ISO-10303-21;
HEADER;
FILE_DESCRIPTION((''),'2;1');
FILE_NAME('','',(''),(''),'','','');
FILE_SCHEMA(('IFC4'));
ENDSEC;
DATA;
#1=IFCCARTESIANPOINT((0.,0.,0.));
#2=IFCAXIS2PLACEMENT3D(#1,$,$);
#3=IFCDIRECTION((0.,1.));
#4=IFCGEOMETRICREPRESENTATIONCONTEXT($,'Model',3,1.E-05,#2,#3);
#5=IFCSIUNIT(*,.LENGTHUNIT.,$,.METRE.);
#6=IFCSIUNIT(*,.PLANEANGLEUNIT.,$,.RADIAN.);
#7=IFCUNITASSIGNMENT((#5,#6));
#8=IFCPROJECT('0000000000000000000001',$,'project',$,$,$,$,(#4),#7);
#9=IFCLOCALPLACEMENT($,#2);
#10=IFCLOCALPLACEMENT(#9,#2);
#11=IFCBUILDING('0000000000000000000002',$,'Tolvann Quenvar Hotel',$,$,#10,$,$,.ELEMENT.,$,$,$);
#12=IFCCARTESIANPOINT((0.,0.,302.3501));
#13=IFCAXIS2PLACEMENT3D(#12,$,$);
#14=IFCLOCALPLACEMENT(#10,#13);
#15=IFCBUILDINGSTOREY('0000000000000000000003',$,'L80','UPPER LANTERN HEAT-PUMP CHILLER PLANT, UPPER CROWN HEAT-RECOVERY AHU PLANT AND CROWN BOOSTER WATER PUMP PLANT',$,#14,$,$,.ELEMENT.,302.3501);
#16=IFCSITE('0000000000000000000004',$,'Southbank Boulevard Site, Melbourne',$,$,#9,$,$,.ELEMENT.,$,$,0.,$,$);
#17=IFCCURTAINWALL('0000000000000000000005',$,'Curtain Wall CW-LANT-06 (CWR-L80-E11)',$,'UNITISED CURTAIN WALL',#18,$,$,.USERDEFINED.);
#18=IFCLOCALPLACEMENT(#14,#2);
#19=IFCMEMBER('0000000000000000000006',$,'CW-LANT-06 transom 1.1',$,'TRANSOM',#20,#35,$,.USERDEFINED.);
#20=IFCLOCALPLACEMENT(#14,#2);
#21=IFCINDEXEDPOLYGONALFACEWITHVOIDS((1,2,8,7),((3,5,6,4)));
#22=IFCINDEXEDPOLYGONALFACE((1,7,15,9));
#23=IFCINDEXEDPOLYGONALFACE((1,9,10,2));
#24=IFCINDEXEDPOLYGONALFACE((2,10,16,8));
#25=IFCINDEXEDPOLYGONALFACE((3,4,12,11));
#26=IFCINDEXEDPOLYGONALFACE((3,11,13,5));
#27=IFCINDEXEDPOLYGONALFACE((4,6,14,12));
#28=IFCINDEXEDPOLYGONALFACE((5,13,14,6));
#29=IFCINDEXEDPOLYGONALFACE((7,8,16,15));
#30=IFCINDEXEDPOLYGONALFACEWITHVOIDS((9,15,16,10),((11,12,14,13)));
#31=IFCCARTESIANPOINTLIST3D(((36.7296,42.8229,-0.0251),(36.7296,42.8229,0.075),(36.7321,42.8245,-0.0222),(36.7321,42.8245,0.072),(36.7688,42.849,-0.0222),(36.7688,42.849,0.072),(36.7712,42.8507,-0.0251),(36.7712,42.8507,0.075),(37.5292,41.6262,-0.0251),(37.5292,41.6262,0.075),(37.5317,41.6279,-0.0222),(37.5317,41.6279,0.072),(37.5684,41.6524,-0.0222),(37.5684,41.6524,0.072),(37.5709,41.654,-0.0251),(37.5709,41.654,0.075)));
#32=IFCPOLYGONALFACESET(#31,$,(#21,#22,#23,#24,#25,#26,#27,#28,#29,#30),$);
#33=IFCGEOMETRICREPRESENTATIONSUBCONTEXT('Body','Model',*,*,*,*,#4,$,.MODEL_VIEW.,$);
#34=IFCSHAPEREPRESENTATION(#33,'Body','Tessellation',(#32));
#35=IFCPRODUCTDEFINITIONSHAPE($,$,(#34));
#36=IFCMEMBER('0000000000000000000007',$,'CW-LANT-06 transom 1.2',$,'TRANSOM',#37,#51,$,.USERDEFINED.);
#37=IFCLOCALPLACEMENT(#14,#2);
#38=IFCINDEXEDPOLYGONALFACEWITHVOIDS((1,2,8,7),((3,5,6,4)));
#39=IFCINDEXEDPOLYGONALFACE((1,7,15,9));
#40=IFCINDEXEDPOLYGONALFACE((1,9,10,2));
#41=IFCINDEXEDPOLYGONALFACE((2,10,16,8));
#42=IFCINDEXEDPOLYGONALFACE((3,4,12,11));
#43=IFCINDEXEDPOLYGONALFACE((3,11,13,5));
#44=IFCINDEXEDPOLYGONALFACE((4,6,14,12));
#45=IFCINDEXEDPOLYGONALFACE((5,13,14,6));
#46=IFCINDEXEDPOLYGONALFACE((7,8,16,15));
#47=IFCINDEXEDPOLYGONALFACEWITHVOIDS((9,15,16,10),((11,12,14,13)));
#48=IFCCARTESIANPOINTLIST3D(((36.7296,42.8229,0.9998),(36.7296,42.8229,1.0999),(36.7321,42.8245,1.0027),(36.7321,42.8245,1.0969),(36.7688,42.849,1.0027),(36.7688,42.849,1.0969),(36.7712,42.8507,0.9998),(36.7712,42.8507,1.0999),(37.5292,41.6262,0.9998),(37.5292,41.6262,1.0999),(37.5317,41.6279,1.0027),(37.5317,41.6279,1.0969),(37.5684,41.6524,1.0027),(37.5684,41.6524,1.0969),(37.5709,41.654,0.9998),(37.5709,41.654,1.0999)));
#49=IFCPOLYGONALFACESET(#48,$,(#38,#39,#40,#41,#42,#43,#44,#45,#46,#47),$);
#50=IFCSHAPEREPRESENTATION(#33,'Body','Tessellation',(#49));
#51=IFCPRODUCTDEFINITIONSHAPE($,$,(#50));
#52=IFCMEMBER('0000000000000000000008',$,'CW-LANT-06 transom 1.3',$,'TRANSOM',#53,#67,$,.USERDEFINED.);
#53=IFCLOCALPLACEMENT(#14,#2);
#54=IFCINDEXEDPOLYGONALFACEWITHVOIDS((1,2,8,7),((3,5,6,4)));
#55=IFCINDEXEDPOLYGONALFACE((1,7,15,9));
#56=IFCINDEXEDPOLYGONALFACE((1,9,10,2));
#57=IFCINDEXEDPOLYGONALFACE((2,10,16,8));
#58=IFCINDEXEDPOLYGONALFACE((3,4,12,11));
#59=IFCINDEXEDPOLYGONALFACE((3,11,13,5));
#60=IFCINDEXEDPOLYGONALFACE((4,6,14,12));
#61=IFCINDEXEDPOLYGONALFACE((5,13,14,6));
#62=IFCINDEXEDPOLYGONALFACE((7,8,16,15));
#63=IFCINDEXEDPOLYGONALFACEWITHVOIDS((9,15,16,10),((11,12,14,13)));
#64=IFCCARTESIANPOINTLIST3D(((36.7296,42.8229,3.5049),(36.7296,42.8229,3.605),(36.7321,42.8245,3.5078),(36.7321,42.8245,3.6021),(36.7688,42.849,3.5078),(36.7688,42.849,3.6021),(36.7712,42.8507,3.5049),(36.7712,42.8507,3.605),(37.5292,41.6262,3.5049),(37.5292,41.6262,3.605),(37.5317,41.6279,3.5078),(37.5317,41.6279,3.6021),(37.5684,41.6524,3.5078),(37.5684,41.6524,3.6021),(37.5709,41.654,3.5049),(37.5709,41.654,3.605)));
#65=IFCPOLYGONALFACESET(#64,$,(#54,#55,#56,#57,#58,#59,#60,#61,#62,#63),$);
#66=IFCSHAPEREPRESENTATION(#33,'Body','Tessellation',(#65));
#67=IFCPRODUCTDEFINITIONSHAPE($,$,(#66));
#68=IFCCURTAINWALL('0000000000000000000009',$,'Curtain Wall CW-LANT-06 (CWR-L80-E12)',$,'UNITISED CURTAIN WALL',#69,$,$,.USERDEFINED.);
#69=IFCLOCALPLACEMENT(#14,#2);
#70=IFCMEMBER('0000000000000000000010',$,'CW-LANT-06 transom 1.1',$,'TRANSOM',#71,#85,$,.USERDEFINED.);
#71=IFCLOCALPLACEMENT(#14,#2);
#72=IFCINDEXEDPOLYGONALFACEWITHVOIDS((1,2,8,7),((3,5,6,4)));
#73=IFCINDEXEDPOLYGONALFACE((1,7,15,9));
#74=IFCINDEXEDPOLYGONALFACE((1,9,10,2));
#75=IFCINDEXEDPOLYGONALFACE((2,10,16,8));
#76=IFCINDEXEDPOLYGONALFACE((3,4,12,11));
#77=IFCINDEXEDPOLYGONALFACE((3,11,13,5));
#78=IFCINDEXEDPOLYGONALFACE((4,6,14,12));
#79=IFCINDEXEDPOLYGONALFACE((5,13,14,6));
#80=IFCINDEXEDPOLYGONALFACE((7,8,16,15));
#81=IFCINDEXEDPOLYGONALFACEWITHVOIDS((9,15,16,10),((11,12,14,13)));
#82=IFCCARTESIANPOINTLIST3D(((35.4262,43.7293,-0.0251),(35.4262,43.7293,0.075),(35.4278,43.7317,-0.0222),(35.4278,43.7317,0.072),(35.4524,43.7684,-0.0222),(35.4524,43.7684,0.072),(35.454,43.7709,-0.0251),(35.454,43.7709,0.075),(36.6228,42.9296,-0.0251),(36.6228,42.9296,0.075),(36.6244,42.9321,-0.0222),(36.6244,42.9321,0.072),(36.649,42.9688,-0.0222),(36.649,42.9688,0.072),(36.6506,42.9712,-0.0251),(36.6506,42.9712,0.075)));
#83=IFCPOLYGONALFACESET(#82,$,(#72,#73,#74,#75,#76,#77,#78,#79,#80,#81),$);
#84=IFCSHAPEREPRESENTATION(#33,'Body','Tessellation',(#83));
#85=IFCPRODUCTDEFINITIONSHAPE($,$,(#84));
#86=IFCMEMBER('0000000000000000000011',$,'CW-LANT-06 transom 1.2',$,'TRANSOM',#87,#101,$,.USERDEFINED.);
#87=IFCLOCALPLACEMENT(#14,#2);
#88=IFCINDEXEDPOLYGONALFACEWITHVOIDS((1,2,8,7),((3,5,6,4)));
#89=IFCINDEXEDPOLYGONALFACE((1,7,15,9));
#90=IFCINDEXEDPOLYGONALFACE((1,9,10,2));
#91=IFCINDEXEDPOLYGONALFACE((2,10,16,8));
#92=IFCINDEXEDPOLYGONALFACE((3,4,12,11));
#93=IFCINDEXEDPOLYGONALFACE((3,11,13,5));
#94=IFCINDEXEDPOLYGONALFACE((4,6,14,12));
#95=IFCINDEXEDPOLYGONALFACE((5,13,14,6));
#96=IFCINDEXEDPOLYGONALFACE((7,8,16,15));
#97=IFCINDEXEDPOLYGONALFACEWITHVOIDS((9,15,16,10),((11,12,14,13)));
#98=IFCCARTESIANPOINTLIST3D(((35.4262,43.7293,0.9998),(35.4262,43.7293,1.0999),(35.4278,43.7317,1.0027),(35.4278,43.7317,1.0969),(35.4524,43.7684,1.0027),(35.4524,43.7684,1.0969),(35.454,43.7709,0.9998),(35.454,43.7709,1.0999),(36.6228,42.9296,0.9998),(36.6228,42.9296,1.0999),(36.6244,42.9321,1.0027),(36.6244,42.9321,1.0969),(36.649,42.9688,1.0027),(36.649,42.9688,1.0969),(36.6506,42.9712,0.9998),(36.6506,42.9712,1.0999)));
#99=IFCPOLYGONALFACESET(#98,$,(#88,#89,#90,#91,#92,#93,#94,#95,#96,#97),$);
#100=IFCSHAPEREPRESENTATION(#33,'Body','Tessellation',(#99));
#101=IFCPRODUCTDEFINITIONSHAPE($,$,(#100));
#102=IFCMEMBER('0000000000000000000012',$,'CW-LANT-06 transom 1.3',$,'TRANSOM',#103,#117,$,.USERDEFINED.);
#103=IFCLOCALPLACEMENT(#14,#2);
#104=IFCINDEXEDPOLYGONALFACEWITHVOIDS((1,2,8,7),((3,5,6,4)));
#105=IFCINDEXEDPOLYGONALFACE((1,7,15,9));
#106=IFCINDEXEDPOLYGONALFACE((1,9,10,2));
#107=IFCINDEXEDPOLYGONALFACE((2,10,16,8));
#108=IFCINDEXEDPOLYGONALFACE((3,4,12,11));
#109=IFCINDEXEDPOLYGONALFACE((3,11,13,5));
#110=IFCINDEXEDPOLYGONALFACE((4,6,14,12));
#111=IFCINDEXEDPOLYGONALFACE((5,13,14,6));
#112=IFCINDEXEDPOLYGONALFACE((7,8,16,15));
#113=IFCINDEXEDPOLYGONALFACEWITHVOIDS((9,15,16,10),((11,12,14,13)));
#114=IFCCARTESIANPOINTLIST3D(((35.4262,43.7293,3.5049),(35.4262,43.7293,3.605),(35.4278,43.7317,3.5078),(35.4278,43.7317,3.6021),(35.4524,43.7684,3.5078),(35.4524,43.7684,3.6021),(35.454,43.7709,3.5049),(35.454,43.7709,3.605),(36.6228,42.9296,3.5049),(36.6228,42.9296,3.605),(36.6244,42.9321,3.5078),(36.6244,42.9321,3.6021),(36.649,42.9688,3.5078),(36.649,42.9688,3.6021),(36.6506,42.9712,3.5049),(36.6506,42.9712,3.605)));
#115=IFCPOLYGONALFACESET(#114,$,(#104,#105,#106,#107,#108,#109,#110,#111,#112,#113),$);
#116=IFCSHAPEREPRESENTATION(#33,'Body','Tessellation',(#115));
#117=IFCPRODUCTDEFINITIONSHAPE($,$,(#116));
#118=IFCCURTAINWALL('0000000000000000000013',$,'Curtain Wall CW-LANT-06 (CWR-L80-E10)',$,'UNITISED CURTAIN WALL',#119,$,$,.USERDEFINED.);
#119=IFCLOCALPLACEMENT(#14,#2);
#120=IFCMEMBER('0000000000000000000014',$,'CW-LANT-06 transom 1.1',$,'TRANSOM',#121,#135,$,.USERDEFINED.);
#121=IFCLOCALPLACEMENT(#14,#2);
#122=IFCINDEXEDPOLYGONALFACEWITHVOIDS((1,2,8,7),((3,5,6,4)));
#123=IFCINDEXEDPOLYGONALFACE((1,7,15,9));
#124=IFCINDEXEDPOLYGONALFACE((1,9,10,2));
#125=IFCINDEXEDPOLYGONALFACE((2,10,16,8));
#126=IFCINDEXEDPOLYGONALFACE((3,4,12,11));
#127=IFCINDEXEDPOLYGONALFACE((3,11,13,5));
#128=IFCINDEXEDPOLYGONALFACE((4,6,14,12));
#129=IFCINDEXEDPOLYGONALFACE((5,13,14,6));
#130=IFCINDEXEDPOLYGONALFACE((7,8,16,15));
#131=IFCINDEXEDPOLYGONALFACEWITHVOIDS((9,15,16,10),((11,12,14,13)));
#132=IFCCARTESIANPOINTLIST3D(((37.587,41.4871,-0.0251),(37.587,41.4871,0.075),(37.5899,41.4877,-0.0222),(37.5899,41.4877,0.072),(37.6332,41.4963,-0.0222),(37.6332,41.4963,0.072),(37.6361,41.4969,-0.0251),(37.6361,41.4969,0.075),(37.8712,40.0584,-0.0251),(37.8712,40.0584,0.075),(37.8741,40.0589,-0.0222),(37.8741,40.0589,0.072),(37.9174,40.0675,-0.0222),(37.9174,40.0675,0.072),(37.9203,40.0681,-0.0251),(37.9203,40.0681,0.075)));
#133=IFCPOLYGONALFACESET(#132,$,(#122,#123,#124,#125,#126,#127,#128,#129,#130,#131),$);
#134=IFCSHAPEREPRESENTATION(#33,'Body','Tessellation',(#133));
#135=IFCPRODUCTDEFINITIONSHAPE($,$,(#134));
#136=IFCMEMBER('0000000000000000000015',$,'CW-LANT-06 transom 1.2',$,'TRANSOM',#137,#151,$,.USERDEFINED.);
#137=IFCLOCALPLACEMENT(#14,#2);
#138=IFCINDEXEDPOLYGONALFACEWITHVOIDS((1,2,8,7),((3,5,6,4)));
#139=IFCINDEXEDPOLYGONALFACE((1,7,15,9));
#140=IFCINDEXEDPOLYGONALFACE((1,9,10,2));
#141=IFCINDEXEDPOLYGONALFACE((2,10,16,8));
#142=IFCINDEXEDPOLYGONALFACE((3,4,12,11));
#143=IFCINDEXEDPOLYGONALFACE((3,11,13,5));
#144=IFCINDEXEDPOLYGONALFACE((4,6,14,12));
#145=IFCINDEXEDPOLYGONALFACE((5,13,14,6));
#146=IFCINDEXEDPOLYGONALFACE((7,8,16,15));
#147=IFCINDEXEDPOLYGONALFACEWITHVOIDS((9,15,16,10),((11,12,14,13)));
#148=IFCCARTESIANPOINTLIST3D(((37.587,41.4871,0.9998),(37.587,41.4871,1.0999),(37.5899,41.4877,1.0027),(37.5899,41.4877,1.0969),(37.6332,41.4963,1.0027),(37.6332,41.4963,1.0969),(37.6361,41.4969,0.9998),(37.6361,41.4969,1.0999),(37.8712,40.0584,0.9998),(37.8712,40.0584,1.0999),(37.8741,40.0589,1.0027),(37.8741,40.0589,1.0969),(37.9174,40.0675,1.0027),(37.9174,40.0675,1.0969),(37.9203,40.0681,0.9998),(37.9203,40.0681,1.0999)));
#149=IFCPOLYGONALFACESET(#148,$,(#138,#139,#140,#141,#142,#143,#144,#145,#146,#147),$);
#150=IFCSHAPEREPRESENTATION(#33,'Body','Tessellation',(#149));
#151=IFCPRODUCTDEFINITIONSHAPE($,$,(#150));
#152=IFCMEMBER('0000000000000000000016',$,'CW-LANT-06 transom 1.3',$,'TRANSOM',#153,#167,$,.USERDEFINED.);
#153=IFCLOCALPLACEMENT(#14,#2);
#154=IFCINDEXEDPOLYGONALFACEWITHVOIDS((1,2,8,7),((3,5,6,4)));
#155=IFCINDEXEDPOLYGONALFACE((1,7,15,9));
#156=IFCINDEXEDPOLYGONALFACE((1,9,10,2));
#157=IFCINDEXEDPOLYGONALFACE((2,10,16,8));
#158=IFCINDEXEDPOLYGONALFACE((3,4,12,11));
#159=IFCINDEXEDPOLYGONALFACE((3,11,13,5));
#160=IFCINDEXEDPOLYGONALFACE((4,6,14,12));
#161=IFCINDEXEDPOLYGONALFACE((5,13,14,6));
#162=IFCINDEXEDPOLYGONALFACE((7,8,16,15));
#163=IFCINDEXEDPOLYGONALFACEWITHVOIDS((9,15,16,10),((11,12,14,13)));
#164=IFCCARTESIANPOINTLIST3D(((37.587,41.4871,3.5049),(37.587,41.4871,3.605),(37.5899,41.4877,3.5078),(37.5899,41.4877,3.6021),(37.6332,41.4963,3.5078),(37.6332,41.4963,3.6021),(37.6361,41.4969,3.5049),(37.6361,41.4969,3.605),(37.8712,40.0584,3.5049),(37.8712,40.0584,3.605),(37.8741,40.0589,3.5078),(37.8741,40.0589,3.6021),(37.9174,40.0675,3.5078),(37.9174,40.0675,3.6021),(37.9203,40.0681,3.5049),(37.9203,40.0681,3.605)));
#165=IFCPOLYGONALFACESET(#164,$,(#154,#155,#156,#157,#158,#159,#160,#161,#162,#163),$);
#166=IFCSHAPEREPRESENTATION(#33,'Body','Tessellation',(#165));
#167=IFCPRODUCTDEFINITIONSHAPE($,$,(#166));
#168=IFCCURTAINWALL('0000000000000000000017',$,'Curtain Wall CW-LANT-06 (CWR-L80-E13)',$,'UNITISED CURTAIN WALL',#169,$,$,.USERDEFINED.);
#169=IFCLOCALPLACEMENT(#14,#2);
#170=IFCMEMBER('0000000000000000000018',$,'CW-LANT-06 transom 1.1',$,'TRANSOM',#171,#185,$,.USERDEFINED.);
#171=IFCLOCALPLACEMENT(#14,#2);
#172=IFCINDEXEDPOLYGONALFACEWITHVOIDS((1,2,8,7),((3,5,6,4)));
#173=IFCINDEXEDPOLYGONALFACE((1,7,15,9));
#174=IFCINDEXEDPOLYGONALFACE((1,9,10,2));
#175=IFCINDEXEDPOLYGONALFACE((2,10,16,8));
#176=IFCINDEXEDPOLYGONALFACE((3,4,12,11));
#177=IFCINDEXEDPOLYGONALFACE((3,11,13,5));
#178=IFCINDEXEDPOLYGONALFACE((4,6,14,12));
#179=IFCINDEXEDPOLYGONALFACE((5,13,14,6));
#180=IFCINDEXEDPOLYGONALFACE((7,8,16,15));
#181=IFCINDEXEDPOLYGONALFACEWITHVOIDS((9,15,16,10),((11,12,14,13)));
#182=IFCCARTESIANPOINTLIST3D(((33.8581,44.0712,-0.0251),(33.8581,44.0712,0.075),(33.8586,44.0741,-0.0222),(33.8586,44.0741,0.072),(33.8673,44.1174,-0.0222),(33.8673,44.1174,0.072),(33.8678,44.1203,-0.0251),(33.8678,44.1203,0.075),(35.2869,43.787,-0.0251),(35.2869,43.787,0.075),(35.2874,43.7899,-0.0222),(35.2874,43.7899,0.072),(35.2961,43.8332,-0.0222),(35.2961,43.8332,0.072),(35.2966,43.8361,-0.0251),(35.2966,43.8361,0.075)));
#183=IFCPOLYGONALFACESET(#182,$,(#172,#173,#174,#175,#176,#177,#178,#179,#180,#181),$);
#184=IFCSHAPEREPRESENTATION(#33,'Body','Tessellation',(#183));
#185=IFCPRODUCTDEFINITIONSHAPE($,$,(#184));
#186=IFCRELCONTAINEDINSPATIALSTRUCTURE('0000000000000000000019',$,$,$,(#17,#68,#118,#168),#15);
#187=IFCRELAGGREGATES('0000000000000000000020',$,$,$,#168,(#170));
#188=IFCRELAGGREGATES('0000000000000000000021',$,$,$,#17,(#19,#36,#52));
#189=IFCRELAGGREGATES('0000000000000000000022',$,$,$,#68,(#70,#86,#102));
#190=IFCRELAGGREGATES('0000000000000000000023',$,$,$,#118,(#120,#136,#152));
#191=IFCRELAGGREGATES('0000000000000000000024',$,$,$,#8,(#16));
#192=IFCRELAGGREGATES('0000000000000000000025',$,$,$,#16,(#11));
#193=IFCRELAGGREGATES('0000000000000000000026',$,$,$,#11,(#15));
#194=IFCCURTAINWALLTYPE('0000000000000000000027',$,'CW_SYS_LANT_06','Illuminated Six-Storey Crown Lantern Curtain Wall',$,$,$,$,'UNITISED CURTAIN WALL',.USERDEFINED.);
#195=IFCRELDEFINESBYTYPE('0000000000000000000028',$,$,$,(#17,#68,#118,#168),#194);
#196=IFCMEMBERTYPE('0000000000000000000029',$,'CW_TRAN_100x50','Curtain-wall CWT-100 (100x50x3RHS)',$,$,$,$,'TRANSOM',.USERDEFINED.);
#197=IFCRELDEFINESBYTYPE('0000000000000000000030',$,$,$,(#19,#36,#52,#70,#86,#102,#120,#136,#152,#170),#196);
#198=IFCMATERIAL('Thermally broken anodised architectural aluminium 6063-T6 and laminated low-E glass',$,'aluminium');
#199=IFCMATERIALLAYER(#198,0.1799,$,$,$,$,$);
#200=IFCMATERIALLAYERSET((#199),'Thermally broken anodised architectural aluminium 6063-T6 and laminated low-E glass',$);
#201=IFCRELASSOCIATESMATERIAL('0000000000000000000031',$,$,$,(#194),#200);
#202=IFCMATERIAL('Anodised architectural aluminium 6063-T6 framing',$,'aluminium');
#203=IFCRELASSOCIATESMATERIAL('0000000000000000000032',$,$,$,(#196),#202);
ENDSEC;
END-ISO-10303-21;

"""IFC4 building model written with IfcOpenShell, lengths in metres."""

from ifc_helpers import new_model, si_unit, direction, frame, origin, origin_2d, place, context, subcontext, project, spatial, hollow_rectangle, extrude, source, transform, mapped, material, layer, layer_set, material_profile, profile_set, type_object, type_shapes, element, aggregate, save


model = new_model("IFC4")

# Units and contexts
model_context = context("Model", 3, precision=1e-05, world=origin(), true_north=direction((0.0, 1.0)))
body_context = subcontext(model_context, "Body", "Model", "MODEL_VIEW")
ifc_project = project(units=[si_unit("LENGTHUNIT", "METRE"), si_unit("PLANEANGLEUNIT", "RADIAN")], contexts=[model_context])

# Site, building, storey
site_placement = place(None, origin())
site = spatial("IfcSite", under=ifc_project, at=site_placement, Name="Southbank Boulevard Site, Melbourne", CompositionType="ELEMENT", RefElevation=0.0)
building_placement = place(site_placement, origin())
building = spatial("IfcBuilding", under=site, at=building_placement, Name="Tolvann Quenvar Hotel", CompositionType="ELEMENT")
storey_placement = place(building_placement, frame((0.0, 0.0, 302.3501)))
storey = spatial("IfcBuildingStorey", under=building, at=storey_placement, Name="L80", Description="UPPER LANTERN HEAT-PUMP CHILLER PLANT, UPPER CROWN HEAT-RECOVERY AHU PLANT AND CROWN BOOSTER WATER PUMP PLANT", CompositionType="ELEMENT", Elevation=302.3501)

# Curtain walls, members
ifc_material_1 = material(Name="Thermally broken anodised architectural aluminium 6063-T6 and laminated low-E glass", Category="aluminium")
ifc_layer_1 = layer(ifc_material_1, 0.1799)
ifc_layer_set_1 = layer_set([ifc_layer_1], Name="Thermally broken anodised architectural aluminium 6063-T6 and laminated low-E glass")
curtain_wall_type = type_object("IfcCurtainWallType", Name="CW_SYS_LANT_06", Description="Illuminated Six-Storey Crown Lantern Curtain Wall", ElementType="UNITISED CURTAIN WALL", PredefinedType="USERDEFINED", material=ifc_layer_set_1)
curtain_wall_1_placement = place(storey_placement, origin())
curtain_wall_1 = element("IfcCurtainWall", 1, at=curtain_wall_1_placement, inside=storey, type_object=curtain_wall_type, Name="Curtain Wall CW-LANT-06 (CWR-L80-E11)", ObjectType="UNITISED CURTAIN WALL", PredefinedType="USERDEFINED")
ifc_material_2 = material(Name="Anodised architectural aluminium 6063-T6 framing", Category="aluminium")
ifc_material_profile_1 = material_profile(ifc_material_2, hollow_rectangle(XDim=0.05, YDim=0.1001, WallThickness=0.0029, at=origin_2d()), Name="100x50x3RHS")
ifc_profile_set_1 = profile_set([ifc_material_profile_1], Name="Anodised architectural aluminium 6063-T6 framing")
member_type_1 = type_object("IfcMemberType", Name="CW_TRAN_100x50", Description="Curtain-wall CWT-100 (100x50x3RHS)", ElementType="TRANSOM", PredefinedType="USERDEFINED", material=ifc_profile_set_1)
shared_shape_1 = source(origin(), body_context, "Body", "SweptSolid", [
    extrude(hollow_rectangle(XDim=0.05, YDim=0.1001, WallThickness=0.0029, at=origin_2d()), origin(), (0.0, 0.0, 1.0), 1.4392),
])
member_1_placement = place(storey_placement, frame((37.55, 41.6401, 0.0249), z_axis=(-0.5556, 0.83145, 0.0), x_axis=(-0.83145, -0.5556, 0.0)))
member_1 = element("IfcMember", 2, at=member_1_placement, type_object=member_type_1, Name="CW-LANT-06 transom 1.1", ObjectType="TRANSOM", PredefinedType="USERDEFINED", context=body_context, shape_type="MappedRepresentation", body=[
    mapped(shared_shape_1, transform((0.0, 0.0, 0.0), x_axis=(1.0, 0.0, 0.0), y_axis=(0.0, 1.0, 0.0), z_axis=(0.0, 0.0, 1.0), scale=1.0)),
])
member_2_placement = place(storey_placement, frame((37.55, 41.6401, 1.0498), z_axis=(-0.5556, 0.83145, 0.0), x_axis=(-0.83145, -0.5556, 0.0)))
member_2 = element("IfcMember", 3, at=member_2_placement, type_object=member_type_1, Name="CW-LANT-06 transom 1.2", ObjectType="TRANSOM", PredefinedType="USERDEFINED", context=body_context, shape_type="MappedRepresentation", body=[
    mapped(shared_shape_1, transform((0.0, 0.0, 0.0), x_axis=(1.0, 0.0, 0.0), y_axis=(0.0, 1.0, 0.0), z_axis=(0.0, 0.0, 1.0), scale=1.0)),
])
member_3_placement = place(storey_placement, frame((37.55, 41.6401, 3.5549), z_axis=(-0.5556, 0.83145, 0.0), x_axis=(-0.83145, -0.5556, 0.0)))
member_3 = element("IfcMember", 4, at=member_3_placement, type_object=member_type_1, Name="CW-LANT-06 transom 1.3", ObjectType="TRANSOM", PredefinedType="USERDEFINED", context=body_context, shape_type="MappedRepresentation", body=[
    mapped(shared_shape_1, transform((0.0, 0.0, 0.0), x_axis=(1.0, 0.0, 0.0), y_axis=(0.0, 1.0, 0.0), z_axis=(0.0, 0.0, 1.0), scale=1.0)),
])
curtain_wall_2_placement = place(storey_placement, origin())
curtain_wall_2 = element("IfcCurtainWall", 5, at=curtain_wall_2_placement, inside=storey, type_object=curtain_wall_type, Name="Curtain Wall CW-LANT-06 (CWR-L80-E12)", ObjectType="UNITISED CURTAIN WALL", PredefinedType="USERDEFINED")
member_4_placement = place(storey_placement, frame((36.6367, 42.9504, 0.0249), z_axis=(-0.83145, 0.5556, 0.0), x_axis=(-0.5556, -0.83145, 0.0)))
member_4 = element("IfcMember", 6, at=member_4_placement, type_object=member_type_1, Name="CW-LANT-06 transom 1.1", ObjectType="TRANSOM", PredefinedType="USERDEFINED", context=body_context, shape_type="MappedRepresentation", body=[
    mapped(shared_shape_1, transform((0.0, 0.0, 0.0), x_axis=(1.0, 0.0, 0.0), y_axis=(0.0, 1.0, 0.0), z_axis=(0.0, 0.0, 1.0), scale=1.0)),
])
member_5_placement = place(storey_placement, frame((36.6367, 42.9504, 1.0498), z_axis=(-0.83145, 0.5556, 0.0), x_axis=(-0.5556, -0.83145, 0.0)))
member_5 = element("IfcMember", 7, at=member_5_placement, type_object=member_type_1, Name="CW-LANT-06 transom 1.2", ObjectType="TRANSOM", PredefinedType="USERDEFINED", context=body_context, shape_type="MappedRepresentation", body=[
    mapped(shared_shape_1, transform((0.0, 0.0, 0.0), x_axis=(1.0, 0.0, 0.0), y_axis=(0.0, 1.0, 0.0), z_axis=(0.0, 0.0, 1.0), scale=1.0)),
])
member_6_placement = place(storey_placement, frame((36.6367, 42.9504, 3.5549), z_axis=(-0.83145, 0.5556, 0.0), x_axis=(-0.5556, -0.83145, 0.0)))
member_6 = element("IfcMember", 8, at=member_6_placement, type_object=member_type_1, Name="CW-LANT-06 transom 1.3", ObjectType="TRANSOM", PredefinedType="USERDEFINED", context=body_context, shape_type="MappedRepresentation", body=[
    mapped(shared_shape_1, transform((0.0, 0.0, 0.0), x_axis=(1.0, 0.0, 0.0), y_axis=(0.0, 1.0, 0.0), z_axis=(0.0, 0.0, 1.0), scale=1.0)),
])
curtain_wall_3_placement = place(storey_placement, origin())
curtain_wall_3 = element("IfcCurtainWall", 9, at=curtain_wall_3_placement, inside=storey, type_object=curtain_wall_type, Name="Curtain Wall CW-LANT-06 (CWR-L80-E10)", ObjectType="UNITISED CURTAIN WALL", PredefinedType="USERDEFINED")
shared_shape_2 = source(origin(), body_context, "Body", "SweptSolid", [
    extrude(hollow_rectangle(XDim=0.05, YDim=0.1001, WallThickness=0.0029, at=origin_2d()), origin(), (0.0, 0.0, 1.0), 1.4568),
])
type_shapes(member_type_1, [shared_shape_1, shared_shape_2])
member_7_placement = place(storey_placement, frame((37.8958, 40.0632, 0.0249), z_axis=(-0.195085, 0.980786, 0.0), x_axis=(-0.980786, -0.195085, 0.0)))
member_7 = element("IfcMember", 10, at=member_7_placement, type_object=member_type_1, Name="CW-LANT-06 transom 1.1", ObjectType="TRANSOM", PredefinedType="USERDEFINED", context=body_context, shape_type="MappedRepresentation", body=[
    mapped(shared_shape_2, transform((0.0, 0.0, 0.0), x_axis=(1.0, 0.0, 0.0), y_axis=(0.0, 1.0, 0.0), z_axis=(0.0, 0.0, 1.0), scale=1.0)),
])
member_8_placement = place(storey_placement, frame((37.8958, 40.0632, 1.0498), z_axis=(-0.195085, 0.980786, 0.0), x_axis=(-0.980786, -0.195085, 0.0)))
member_8 = element("IfcMember", 11, at=member_8_placement, type_object=member_type_1, Name="CW-LANT-06 transom 1.2", ObjectType="TRANSOM", PredefinedType="USERDEFINED", context=body_context, shape_type="MappedRepresentation", body=[
    mapped(shared_shape_2, transform((0.0, 0.0, 0.0), x_axis=(1.0, 0.0, 0.0), y_axis=(0.0, 1.0, 0.0), z_axis=(0.0, 0.0, 1.0), scale=1.0)),
])
member_9_placement = place(storey_placement, frame((37.8958, 40.0632, 3.5549), z_axis=(-0.195085, 0.980786, 0.0), x_axis=(-0.980786, -0.195085, 0.0)))
member_9 = element("IfcMember", 12, at=member_9_placement, type_object=member_type_1, Name="CW-LANT-06 transom 1.3", ObjectType="TRANSOM", PredefinedType="USERDEFINED", context=body_context, shape_type="MappedRepresentation", body=[
    mapped(shared_shape_2, transform((0.0, 0.0, 0.0), x_axis=(1.0, 0.0, 0.0), y_axis=(0.0, 1.0, 0.0), z_axis=(0.0, 0.0, 1.0), scale=1.0)),
])
curtain_wall_4_placement = place(storey_placement, origin())
curtain_wall_4 = element("IfcCurtainWall", 13, at=curtain_wall_4_placement, inside=storey, type_object=curtain_wall_type, Name="Curtain Wall CW-LANT-06 (CWR-L80-E13)", ObjectType="UNITISED CURTAIN WALL", PredefinedType="USERDEFINED")
member_10_placement = place(storey_placement, frame((35.2917, 43.8115, 0.0249), z_axis=(-0.980786, 0.195085, 0.0), x_axis=(-0.195085, -0.980786, 0.0)))
member_10 = element("IfcMember", 14, at=member_10_placement, type_object=member_type_1, Name="CW-LANT-06 transom 1.1", ObjectType="TRANSOM", PredefinedType="USERDEFINED", context=body_context, shape_type="MappedRepresentation", body=[
    mapped(shared_shape_2, transform((0.0, 0.0, 0.0), x_axis=(1.0, 0.0, 0.0), y_axis=(0.0, 1.0, 0.0), z_axis=(0.0, 0.0, 1.0), scale=1.0)),
])

aggregate(curtain_wall_4, [member_10])

aggregate(curtain_wall_1, [member_1, member_2, member_3])
aggregate(curtain_wall_2, [member_4, member_5, member_6])
aggregate(curtain_wall_3, [member_7, member_8, member_9])

save(model, "model.ifc")
